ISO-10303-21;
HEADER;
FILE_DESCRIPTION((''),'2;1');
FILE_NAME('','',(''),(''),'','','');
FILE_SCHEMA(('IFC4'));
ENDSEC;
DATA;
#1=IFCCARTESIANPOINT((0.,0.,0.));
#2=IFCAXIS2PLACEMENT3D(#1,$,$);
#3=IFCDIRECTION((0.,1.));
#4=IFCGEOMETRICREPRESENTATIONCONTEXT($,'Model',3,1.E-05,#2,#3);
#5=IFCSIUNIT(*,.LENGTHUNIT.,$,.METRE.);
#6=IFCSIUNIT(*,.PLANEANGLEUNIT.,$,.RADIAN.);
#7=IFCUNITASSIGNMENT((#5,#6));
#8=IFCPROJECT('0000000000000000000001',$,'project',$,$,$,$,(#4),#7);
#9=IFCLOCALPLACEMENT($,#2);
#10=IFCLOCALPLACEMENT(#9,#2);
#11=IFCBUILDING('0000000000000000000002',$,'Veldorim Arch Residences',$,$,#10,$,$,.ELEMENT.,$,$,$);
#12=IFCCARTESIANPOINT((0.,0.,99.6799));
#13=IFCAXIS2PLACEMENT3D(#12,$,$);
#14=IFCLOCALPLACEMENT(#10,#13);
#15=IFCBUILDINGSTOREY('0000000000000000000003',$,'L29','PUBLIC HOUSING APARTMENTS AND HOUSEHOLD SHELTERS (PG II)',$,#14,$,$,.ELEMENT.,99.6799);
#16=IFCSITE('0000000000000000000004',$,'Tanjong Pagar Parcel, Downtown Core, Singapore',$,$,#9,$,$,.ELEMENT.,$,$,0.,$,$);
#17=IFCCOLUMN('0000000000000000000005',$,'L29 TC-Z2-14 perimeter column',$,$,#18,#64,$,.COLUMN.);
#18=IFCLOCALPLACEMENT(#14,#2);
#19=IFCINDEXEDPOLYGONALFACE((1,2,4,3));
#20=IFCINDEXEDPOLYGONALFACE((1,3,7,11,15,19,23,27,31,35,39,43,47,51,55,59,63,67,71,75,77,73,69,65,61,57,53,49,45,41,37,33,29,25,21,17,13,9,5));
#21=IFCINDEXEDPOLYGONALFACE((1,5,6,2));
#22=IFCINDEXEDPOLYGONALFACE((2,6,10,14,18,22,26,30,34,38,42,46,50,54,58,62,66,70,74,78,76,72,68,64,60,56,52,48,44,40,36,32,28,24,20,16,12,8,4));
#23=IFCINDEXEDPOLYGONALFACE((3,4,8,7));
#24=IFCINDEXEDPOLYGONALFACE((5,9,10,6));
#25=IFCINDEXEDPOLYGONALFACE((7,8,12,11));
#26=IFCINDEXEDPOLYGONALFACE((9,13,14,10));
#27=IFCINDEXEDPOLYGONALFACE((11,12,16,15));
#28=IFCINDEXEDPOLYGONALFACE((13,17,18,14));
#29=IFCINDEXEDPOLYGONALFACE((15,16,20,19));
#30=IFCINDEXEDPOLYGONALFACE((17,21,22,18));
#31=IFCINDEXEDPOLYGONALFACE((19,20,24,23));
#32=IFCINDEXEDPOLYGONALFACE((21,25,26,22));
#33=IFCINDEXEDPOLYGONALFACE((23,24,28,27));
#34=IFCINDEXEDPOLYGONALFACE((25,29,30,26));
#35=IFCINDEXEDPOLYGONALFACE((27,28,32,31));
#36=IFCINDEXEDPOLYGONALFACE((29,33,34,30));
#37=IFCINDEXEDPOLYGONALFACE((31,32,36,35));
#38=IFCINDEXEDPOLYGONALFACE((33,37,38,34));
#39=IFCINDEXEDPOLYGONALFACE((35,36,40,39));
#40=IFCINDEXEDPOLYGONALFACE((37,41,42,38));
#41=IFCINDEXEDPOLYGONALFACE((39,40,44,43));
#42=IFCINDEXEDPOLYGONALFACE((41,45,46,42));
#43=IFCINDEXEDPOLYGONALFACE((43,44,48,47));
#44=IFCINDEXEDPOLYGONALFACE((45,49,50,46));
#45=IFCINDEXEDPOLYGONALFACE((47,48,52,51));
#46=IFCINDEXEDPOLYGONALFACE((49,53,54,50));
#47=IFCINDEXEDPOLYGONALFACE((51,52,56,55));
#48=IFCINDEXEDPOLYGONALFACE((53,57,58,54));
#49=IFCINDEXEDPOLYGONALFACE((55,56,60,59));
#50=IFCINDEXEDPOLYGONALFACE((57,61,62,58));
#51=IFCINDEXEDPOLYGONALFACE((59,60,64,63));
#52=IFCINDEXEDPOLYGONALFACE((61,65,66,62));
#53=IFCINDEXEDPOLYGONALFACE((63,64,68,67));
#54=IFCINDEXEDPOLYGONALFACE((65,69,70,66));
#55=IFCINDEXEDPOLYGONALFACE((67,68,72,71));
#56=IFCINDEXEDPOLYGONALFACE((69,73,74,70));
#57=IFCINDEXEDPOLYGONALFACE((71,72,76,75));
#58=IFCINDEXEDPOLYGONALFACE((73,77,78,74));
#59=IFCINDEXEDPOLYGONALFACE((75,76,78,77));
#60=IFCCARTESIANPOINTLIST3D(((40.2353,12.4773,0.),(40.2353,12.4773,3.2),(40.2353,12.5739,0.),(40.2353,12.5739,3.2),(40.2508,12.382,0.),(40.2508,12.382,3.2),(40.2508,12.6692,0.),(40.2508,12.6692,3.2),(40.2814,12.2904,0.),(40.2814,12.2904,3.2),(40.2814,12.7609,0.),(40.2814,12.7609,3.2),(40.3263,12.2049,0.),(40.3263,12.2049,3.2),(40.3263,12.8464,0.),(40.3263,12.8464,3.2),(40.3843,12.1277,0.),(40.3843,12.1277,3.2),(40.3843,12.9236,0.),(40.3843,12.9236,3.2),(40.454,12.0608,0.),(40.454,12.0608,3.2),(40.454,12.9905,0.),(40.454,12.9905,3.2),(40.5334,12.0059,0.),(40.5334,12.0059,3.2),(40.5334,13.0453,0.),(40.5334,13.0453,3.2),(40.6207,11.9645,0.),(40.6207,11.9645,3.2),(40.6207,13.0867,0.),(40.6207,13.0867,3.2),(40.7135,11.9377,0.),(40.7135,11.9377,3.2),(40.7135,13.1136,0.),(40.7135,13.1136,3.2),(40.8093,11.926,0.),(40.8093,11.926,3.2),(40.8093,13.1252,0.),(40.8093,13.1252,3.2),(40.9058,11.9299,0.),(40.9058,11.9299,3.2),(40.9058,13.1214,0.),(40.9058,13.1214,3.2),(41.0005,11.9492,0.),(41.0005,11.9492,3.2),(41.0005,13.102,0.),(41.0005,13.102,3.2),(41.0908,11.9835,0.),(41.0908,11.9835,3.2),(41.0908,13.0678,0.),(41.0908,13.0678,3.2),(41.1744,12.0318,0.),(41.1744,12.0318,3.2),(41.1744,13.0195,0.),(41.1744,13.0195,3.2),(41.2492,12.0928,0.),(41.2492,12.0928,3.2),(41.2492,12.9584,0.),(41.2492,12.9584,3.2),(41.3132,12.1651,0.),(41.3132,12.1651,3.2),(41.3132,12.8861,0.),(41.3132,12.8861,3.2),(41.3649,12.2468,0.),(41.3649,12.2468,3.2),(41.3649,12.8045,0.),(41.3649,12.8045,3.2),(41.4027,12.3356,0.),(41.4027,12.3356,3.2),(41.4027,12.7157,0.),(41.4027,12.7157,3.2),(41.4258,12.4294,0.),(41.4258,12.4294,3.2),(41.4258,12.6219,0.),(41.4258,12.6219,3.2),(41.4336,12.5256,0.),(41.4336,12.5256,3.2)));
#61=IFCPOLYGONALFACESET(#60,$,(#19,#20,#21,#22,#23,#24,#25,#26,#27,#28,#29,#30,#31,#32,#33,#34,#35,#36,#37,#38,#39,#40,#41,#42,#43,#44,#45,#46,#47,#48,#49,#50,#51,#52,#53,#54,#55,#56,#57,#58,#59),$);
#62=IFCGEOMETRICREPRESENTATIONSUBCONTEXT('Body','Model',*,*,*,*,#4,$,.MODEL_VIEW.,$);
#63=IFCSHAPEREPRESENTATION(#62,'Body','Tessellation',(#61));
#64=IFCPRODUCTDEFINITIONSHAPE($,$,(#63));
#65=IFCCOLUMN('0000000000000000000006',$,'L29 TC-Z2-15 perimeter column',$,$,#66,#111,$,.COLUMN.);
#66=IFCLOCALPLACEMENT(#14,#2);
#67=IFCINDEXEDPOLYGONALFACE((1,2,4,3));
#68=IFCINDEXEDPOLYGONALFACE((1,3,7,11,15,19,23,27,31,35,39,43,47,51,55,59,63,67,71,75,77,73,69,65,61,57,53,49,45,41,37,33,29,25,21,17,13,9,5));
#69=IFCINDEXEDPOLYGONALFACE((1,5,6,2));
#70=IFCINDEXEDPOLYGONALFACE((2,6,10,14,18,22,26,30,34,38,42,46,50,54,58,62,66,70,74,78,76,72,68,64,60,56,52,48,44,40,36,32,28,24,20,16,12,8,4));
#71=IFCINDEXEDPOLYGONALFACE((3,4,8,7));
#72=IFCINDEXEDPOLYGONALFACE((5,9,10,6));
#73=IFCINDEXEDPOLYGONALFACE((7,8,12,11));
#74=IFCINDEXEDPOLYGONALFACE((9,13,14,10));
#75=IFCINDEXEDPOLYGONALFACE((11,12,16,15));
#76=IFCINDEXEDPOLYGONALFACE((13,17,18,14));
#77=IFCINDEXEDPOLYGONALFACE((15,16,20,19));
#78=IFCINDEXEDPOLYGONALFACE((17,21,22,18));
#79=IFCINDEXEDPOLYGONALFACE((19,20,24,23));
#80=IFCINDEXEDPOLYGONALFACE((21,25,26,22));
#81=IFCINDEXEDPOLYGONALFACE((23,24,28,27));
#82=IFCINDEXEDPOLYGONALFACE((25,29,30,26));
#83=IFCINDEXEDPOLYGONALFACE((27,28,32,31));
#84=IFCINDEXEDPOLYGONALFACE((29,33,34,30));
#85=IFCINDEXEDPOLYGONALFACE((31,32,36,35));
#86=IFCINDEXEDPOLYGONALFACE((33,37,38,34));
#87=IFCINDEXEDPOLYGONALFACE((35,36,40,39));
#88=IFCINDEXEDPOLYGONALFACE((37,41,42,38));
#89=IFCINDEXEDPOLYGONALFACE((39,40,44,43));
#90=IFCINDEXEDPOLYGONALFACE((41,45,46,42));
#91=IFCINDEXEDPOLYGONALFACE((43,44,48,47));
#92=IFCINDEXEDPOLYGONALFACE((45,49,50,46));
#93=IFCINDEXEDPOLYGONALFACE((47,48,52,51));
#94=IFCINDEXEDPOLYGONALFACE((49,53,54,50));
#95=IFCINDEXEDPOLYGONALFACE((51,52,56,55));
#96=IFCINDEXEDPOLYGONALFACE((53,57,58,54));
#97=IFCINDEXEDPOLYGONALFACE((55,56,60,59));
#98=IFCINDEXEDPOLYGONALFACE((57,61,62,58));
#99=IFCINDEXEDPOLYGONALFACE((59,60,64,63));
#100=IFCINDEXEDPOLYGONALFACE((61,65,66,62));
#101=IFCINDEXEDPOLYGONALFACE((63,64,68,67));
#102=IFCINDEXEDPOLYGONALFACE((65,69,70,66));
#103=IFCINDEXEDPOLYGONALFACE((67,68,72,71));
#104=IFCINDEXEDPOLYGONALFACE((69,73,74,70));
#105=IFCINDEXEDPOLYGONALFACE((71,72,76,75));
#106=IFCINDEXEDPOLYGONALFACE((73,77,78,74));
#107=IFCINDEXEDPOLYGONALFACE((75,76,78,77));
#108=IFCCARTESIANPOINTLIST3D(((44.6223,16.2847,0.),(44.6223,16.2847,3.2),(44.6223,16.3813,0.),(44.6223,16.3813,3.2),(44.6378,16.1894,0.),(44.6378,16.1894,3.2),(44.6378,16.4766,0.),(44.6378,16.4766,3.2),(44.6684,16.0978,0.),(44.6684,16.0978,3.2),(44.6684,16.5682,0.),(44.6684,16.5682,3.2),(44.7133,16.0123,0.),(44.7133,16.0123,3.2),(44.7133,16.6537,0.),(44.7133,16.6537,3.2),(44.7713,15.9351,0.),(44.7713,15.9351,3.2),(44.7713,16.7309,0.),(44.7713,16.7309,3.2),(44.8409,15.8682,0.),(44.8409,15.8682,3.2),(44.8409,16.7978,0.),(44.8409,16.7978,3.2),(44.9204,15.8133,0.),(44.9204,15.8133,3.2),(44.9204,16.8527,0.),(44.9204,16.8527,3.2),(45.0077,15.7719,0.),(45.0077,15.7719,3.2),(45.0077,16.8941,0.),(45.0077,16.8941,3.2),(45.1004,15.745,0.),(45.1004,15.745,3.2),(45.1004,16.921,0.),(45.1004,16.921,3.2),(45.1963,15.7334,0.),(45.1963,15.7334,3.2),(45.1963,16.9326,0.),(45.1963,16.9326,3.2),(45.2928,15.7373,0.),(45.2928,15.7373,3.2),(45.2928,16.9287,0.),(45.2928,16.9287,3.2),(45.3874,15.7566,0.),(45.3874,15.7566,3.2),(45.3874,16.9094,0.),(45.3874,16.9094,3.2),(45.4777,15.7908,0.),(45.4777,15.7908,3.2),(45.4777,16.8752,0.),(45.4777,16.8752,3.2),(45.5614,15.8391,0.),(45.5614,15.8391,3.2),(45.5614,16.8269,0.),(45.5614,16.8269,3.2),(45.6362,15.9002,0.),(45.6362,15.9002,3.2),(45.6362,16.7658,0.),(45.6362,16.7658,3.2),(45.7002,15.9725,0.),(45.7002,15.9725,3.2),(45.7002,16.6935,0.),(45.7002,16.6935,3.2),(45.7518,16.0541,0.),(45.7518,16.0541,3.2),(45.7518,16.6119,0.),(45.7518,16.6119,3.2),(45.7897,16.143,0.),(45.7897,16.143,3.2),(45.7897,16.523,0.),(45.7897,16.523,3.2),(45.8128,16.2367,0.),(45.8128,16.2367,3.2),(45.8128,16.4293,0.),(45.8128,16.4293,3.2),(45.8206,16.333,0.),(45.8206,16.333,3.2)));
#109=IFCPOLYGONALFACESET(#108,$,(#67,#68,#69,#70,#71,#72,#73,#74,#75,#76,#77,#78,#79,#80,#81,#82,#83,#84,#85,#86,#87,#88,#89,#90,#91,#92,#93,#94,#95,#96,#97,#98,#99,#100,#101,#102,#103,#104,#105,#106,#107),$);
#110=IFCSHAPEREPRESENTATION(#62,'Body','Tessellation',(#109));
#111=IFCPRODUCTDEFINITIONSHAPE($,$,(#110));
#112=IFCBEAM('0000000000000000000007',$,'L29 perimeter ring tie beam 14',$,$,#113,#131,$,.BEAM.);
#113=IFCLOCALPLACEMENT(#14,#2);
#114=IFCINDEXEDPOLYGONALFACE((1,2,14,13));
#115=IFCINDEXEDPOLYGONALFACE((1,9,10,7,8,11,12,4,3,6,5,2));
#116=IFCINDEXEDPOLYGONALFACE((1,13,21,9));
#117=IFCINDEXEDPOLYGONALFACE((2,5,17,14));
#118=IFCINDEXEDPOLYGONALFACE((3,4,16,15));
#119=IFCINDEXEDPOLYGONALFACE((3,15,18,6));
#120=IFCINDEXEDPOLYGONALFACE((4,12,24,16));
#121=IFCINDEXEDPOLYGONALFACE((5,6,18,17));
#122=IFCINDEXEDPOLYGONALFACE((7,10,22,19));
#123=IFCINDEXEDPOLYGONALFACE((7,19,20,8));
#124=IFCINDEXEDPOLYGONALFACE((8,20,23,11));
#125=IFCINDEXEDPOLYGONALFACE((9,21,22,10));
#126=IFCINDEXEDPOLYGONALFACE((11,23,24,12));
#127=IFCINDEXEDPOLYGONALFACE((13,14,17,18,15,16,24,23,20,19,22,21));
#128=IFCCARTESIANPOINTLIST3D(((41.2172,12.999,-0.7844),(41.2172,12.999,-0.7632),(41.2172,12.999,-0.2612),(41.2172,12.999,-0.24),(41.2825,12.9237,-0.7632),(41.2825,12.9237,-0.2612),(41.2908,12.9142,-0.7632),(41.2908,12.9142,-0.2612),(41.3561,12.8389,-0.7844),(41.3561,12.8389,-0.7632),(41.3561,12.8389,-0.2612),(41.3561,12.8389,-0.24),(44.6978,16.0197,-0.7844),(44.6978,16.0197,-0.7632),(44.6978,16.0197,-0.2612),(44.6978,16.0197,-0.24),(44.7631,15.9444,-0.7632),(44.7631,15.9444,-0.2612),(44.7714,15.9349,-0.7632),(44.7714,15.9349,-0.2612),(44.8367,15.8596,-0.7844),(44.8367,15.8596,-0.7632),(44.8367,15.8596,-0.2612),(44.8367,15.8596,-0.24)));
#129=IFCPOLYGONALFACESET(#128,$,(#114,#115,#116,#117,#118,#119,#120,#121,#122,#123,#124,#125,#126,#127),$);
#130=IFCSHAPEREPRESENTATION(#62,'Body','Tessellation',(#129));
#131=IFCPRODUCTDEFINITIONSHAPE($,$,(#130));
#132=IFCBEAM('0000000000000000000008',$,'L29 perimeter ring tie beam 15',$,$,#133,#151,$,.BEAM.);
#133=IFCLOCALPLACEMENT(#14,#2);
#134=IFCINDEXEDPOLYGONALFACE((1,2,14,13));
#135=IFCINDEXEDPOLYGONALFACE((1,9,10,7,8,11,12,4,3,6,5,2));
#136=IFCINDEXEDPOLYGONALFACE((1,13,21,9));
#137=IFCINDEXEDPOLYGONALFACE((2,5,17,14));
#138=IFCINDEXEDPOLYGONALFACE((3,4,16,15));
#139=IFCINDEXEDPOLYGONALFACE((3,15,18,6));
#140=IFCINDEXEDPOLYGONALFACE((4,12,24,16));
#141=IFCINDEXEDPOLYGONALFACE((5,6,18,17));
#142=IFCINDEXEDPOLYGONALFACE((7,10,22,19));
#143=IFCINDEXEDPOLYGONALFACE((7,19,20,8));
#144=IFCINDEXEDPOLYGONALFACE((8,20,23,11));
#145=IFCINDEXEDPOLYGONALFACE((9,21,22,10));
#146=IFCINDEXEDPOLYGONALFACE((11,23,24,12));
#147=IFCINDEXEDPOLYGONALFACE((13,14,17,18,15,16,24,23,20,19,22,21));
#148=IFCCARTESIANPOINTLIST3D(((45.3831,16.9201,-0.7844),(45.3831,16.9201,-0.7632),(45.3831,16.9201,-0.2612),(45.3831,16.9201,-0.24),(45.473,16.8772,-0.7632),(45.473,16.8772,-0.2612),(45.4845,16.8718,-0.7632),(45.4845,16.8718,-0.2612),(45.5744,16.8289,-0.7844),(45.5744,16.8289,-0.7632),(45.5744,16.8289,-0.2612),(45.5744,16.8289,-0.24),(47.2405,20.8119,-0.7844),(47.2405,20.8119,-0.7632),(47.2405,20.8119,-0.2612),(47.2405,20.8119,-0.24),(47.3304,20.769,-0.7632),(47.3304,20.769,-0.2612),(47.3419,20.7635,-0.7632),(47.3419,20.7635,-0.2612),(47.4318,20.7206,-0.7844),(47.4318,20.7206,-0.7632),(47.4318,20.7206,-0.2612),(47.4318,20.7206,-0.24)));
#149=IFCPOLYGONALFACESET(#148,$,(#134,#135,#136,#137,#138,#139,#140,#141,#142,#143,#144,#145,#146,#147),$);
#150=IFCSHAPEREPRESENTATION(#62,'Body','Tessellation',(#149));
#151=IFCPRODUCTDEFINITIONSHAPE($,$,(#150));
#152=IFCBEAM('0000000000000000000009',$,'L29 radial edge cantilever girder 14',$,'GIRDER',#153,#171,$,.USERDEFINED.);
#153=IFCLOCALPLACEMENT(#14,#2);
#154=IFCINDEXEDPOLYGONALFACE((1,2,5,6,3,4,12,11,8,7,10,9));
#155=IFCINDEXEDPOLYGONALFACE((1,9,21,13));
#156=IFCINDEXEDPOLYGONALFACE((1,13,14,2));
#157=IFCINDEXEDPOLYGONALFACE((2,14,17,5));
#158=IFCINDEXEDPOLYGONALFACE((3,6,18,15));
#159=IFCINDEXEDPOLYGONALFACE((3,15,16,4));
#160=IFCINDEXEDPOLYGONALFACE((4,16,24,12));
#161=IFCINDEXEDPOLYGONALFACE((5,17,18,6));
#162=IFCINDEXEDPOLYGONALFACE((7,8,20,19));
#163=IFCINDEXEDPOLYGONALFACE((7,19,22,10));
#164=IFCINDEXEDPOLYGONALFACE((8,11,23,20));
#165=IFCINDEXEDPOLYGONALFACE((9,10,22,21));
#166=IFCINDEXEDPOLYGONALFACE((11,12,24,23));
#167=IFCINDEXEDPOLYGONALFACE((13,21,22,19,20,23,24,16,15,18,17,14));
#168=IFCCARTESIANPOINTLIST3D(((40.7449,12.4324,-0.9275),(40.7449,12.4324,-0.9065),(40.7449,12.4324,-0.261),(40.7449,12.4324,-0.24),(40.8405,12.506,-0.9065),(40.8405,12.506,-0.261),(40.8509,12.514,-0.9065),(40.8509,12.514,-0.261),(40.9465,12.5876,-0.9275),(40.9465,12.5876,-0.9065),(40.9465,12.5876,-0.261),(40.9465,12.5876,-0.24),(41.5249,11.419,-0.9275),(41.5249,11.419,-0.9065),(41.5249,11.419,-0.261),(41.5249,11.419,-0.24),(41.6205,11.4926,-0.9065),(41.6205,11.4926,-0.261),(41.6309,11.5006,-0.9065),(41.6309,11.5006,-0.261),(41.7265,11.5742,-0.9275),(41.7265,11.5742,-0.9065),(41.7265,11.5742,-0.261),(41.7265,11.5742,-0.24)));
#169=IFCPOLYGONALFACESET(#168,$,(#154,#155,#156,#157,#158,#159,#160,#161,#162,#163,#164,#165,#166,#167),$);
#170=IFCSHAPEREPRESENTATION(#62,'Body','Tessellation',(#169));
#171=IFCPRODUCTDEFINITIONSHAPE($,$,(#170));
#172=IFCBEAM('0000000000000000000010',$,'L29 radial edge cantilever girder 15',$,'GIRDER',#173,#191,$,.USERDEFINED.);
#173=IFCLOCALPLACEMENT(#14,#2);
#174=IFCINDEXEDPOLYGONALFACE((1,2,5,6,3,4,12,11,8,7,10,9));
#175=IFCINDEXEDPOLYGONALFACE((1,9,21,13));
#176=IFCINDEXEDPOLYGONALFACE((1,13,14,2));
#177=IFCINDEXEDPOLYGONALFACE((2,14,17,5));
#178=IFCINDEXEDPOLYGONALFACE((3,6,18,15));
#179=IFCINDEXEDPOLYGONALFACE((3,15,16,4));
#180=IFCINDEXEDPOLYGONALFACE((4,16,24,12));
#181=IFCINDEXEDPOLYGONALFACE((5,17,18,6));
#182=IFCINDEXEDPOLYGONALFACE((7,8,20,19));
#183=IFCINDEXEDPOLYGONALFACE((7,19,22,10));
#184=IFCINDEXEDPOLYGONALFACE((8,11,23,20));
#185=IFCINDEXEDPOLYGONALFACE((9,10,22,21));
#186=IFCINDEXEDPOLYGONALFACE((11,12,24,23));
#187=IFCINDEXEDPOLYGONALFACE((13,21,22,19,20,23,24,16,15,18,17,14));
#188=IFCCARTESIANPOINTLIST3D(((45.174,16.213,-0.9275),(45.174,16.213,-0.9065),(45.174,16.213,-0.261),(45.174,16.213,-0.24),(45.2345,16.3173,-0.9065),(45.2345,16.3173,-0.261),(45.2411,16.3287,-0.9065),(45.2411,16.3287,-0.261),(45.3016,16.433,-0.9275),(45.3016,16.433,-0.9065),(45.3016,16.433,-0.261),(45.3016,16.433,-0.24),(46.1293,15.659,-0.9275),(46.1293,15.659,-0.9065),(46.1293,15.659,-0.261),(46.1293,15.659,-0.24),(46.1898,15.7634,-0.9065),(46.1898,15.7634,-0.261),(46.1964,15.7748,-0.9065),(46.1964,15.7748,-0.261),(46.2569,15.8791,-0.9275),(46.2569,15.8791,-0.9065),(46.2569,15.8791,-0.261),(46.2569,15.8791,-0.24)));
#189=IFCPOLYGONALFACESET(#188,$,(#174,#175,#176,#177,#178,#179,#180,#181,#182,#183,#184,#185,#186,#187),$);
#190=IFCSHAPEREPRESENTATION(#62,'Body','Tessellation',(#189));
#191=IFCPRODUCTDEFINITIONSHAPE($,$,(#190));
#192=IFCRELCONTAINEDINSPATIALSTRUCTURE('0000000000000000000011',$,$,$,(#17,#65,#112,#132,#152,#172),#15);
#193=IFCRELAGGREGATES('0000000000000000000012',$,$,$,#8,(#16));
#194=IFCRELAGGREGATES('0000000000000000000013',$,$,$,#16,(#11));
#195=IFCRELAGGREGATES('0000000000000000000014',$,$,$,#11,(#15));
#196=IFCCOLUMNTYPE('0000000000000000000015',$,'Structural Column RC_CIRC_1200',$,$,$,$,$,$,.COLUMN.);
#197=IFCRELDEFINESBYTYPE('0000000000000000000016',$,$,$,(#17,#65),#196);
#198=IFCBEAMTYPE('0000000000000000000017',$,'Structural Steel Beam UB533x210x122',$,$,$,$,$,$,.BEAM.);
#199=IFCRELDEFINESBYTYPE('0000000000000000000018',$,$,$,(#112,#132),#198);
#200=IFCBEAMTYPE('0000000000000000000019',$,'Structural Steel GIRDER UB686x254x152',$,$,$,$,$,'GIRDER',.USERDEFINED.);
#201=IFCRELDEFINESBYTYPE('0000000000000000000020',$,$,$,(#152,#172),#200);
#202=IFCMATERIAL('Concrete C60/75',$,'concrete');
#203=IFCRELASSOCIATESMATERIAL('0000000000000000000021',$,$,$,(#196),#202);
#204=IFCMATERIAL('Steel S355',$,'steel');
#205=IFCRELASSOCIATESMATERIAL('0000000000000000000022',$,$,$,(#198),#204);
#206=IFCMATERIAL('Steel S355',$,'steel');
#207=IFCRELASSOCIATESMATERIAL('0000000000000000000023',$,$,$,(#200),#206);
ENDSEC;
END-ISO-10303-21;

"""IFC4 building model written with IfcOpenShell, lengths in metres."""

from ifc_helpers import new_model, si_unit, direction, frame, origin, origin_2d, place, context, subcontext, project, spatial, circle, i_section, extrude, material, material_profile, profile_set, type_object, element, save


model = new_model("IFC4")

# Units and contexts
model_context = context("Model", 3, precision=1e-05, world=origin(), true_north=direction((0.0, 1.0)))
body_context = subcontext(model_context, "Body", "Model", "MODEL_VIEW")
ifc_project = project(units=[si_unit("LENGTHUNIT", "METRE"), si_unit("PLANEANGLEUNIT", "RADIAN")], contexts=[model_context])

# Site, building, storey
site_placement = place(None, origin())
site = spatial("IfcSite", under=ifc_project, at=site_placement, Name="Tanjong Pagar Parcel, Downtown Core, Singapore", CompositionType="ELEMENT", RefElevation=0.0)
building_placement = place(site_placement, origin())
building = spatial("IfcBuilding", under=site, at=building_placement, Name="Veldorim Arch Residences", CompositionType="ELEMENT")
storey_placement = place(building_placement, frame((0.0, 0.0, 99.6799)))
storey = spatial("IfcBuildingStorey", under=building, at=storey_placement, Name="L29", Description="PUBLIC HOUSING APARTMENTS AND HOUSEHOLD SHELTERS (PG II)", CompositionType="ELEMENT", Elevation=99.6799)

# Columns
ifc_material_1 = material(Name="Concrete C60/75", Category="concrete")
ifc_material_profile_1 = material_profile(ifc_material_1, circle(Radius=0.6001, at=origin_2d()), Name="RC_CIRC_1200")
ifc_profile_set_1 = profile_set([ifc_material_profile_1], Name="Concrete C60/75")
column_type = type_object("IfcColumnType", Name="Structural Column RC_CIRC_1200", PredefinedType="COLUMN", material=ifc_profile_set_1)
for number, where, z_axis, x_axis, name in (
    (1, (40.8335, 12.5256, 0.0), (0.0, 0.0, 1.0), (1.0, 0.0, 0.0), "L29 TC-Z2-14 perimeter column"),
    (2, (45.2205, 16.333, 0.0), (0.0, 0.0, 1.0), (1.0, 0.0, 0.0), "L29 TC-Z2-15 perimeter column"),
):
    element("IfcColumn", number, at=place(storey_placement, frame(where, z_axis=z_axis, x_axis=x_axis)), inside=storey, type_object=column_type, Name=name, PredefinedType="COLUMN", context=body_context, shape_type="SweptSolid", body=[
        extrude(circle(Radius=0.6001, at=origin_2d()), origin(), (0.0, 0.0, 1.0), 3.2),
    ])

# Beams
ifc_material_2 = material(Name="Steel S355", Category="steel")
ifc_material_profile_2 = material_profile(ifc_material_2, i_section(OverallWidth=0.2119, OverallDepth=0.5444, WebThickness=0.0127, FlangeThickness=0.0212, at=origin_2d()), Name="UB533x210x122")
ifc_profile_set_2 = profile_set([ifc_material_profile_2], Name="Steel S355")
beam_type_1 = type_object("IfcBeamType", Name="Structural Steel Beam UB533x210x122", PredefinedType="BEAM", material=ifc_profile_set_2)
beam_1_placement = place(storey_placement, frame((41.2866, 12.9189, -0.5122), z_axis=(0.755245, 0.655443, 0.0), x_axis=(-0.655443, 0.755245, 0.0)))
element("IfcBeam", 3, at=beam_1_placement, inside=storey, type_object=beam_type_1, Name="L29 perimeter ring tie beam 14", PredefinedType="BEAM", context=body_context, shape_type="SweptSolid", body=[
    extrude(i_section(OverallWidth=0.2119, OverallDepth=0.5444, WebThickness=0.0127, FlangeThickness=0.0212, at=origin_2d()), origin(), (0.0, 0.0, 1.0), 4.6086),
])
beam_2_placement = place(storey_placement, frame((45.4788, 16.8745, -0.5122), z_axis=(0.43072, 0.902486, 0.0), x_axis=(-0.902486, 0.43072, 0.0)))
element("IfcBeam", 4, at=beam_2_placement, inside=storey, type_object=beam_type_1, Name="L29 perimeter ring tie beam 15", PredefinedType="BEAM", context=body_context, shape_type="SweptSolid", body=[
    extrude(i_section(OverallWidth=0.2119, OverallDepth=0.5444, WebThickness=0.0127, FlangeThickness=0.0212, at=origin_2d()), origin(), (0.0, 0.0, 1.0), 4.3123),
])
ifc_material_3 = material(Name="Steel S355", Category="steel")
ifc_material_profile_3 = material_profile(ifc_material_3, i_section(OverallWidth=0.2544, OverallDepth=0.6875, WebThickness=0.0132, FlangeThickness=0.021, at=origin_2d()), Name="UB686x254x152")
ifc_profile_set_3 = profile_set([ifc_material_profile_3], Name="Steel S355")
beam_type_2 = type_object("IfcBeamType", Name="Structural Steel GIRDER UB686x254x152", ElementType="GIRDER", PredefinedType="USERDEFINED", material=ifc_profile_set_3)
beam_3_placement = place(storey_placement, frame((40.8457, 12.51, -0.5837), z_axis=(0.609941, -0.792447, 0.0), x_axis=(0.792447, 0.609941, 0.0)))
element("IfcBeam", 5, at=beam_3_placement, inside=storey, type_object=beam_type_2, Name="L29 radial edge cantilever girder 14", ObjectType="GIRDER", PredefinedType="USERDEFINED", context=body_context, shape_type="SweptSolid", body=[
    extrude(i_section(OverallWidth=0.2544, OverallDepth=0.6875, WebThickness=0.0132, FlangeThickness=0.021, at=origin_2d()), origin(), (0.0, 0.0, 1.0), 1.2788),
])
beam_4_placement = place(storey_placement, frame((45.2378, 16.323, -0.5837), z_axis=(0.865083, -0.501629, 0.0), x_axis=(0.501629, 0.865083, 0.0)))
element("IfcBeam", 6, at=beam_4_placement, inside=storey, type_object=beam_type_2, Name="L29 radial edge cantilever girder 15", ObjectType="GIRDER", PredefinedType="USERDEFINED", context=body_context, shape_type="SweptSolid", body=[
    extrude(i_section(OverallWidth=0.2544, OverallDepth=0.6875, WebThickness=0.0132, FlangeThickness=0.021, at=origin_2d()), origin(), (0.0, 0.0, 1.0), 1.1042),
])

save(model, "model.ifc")
